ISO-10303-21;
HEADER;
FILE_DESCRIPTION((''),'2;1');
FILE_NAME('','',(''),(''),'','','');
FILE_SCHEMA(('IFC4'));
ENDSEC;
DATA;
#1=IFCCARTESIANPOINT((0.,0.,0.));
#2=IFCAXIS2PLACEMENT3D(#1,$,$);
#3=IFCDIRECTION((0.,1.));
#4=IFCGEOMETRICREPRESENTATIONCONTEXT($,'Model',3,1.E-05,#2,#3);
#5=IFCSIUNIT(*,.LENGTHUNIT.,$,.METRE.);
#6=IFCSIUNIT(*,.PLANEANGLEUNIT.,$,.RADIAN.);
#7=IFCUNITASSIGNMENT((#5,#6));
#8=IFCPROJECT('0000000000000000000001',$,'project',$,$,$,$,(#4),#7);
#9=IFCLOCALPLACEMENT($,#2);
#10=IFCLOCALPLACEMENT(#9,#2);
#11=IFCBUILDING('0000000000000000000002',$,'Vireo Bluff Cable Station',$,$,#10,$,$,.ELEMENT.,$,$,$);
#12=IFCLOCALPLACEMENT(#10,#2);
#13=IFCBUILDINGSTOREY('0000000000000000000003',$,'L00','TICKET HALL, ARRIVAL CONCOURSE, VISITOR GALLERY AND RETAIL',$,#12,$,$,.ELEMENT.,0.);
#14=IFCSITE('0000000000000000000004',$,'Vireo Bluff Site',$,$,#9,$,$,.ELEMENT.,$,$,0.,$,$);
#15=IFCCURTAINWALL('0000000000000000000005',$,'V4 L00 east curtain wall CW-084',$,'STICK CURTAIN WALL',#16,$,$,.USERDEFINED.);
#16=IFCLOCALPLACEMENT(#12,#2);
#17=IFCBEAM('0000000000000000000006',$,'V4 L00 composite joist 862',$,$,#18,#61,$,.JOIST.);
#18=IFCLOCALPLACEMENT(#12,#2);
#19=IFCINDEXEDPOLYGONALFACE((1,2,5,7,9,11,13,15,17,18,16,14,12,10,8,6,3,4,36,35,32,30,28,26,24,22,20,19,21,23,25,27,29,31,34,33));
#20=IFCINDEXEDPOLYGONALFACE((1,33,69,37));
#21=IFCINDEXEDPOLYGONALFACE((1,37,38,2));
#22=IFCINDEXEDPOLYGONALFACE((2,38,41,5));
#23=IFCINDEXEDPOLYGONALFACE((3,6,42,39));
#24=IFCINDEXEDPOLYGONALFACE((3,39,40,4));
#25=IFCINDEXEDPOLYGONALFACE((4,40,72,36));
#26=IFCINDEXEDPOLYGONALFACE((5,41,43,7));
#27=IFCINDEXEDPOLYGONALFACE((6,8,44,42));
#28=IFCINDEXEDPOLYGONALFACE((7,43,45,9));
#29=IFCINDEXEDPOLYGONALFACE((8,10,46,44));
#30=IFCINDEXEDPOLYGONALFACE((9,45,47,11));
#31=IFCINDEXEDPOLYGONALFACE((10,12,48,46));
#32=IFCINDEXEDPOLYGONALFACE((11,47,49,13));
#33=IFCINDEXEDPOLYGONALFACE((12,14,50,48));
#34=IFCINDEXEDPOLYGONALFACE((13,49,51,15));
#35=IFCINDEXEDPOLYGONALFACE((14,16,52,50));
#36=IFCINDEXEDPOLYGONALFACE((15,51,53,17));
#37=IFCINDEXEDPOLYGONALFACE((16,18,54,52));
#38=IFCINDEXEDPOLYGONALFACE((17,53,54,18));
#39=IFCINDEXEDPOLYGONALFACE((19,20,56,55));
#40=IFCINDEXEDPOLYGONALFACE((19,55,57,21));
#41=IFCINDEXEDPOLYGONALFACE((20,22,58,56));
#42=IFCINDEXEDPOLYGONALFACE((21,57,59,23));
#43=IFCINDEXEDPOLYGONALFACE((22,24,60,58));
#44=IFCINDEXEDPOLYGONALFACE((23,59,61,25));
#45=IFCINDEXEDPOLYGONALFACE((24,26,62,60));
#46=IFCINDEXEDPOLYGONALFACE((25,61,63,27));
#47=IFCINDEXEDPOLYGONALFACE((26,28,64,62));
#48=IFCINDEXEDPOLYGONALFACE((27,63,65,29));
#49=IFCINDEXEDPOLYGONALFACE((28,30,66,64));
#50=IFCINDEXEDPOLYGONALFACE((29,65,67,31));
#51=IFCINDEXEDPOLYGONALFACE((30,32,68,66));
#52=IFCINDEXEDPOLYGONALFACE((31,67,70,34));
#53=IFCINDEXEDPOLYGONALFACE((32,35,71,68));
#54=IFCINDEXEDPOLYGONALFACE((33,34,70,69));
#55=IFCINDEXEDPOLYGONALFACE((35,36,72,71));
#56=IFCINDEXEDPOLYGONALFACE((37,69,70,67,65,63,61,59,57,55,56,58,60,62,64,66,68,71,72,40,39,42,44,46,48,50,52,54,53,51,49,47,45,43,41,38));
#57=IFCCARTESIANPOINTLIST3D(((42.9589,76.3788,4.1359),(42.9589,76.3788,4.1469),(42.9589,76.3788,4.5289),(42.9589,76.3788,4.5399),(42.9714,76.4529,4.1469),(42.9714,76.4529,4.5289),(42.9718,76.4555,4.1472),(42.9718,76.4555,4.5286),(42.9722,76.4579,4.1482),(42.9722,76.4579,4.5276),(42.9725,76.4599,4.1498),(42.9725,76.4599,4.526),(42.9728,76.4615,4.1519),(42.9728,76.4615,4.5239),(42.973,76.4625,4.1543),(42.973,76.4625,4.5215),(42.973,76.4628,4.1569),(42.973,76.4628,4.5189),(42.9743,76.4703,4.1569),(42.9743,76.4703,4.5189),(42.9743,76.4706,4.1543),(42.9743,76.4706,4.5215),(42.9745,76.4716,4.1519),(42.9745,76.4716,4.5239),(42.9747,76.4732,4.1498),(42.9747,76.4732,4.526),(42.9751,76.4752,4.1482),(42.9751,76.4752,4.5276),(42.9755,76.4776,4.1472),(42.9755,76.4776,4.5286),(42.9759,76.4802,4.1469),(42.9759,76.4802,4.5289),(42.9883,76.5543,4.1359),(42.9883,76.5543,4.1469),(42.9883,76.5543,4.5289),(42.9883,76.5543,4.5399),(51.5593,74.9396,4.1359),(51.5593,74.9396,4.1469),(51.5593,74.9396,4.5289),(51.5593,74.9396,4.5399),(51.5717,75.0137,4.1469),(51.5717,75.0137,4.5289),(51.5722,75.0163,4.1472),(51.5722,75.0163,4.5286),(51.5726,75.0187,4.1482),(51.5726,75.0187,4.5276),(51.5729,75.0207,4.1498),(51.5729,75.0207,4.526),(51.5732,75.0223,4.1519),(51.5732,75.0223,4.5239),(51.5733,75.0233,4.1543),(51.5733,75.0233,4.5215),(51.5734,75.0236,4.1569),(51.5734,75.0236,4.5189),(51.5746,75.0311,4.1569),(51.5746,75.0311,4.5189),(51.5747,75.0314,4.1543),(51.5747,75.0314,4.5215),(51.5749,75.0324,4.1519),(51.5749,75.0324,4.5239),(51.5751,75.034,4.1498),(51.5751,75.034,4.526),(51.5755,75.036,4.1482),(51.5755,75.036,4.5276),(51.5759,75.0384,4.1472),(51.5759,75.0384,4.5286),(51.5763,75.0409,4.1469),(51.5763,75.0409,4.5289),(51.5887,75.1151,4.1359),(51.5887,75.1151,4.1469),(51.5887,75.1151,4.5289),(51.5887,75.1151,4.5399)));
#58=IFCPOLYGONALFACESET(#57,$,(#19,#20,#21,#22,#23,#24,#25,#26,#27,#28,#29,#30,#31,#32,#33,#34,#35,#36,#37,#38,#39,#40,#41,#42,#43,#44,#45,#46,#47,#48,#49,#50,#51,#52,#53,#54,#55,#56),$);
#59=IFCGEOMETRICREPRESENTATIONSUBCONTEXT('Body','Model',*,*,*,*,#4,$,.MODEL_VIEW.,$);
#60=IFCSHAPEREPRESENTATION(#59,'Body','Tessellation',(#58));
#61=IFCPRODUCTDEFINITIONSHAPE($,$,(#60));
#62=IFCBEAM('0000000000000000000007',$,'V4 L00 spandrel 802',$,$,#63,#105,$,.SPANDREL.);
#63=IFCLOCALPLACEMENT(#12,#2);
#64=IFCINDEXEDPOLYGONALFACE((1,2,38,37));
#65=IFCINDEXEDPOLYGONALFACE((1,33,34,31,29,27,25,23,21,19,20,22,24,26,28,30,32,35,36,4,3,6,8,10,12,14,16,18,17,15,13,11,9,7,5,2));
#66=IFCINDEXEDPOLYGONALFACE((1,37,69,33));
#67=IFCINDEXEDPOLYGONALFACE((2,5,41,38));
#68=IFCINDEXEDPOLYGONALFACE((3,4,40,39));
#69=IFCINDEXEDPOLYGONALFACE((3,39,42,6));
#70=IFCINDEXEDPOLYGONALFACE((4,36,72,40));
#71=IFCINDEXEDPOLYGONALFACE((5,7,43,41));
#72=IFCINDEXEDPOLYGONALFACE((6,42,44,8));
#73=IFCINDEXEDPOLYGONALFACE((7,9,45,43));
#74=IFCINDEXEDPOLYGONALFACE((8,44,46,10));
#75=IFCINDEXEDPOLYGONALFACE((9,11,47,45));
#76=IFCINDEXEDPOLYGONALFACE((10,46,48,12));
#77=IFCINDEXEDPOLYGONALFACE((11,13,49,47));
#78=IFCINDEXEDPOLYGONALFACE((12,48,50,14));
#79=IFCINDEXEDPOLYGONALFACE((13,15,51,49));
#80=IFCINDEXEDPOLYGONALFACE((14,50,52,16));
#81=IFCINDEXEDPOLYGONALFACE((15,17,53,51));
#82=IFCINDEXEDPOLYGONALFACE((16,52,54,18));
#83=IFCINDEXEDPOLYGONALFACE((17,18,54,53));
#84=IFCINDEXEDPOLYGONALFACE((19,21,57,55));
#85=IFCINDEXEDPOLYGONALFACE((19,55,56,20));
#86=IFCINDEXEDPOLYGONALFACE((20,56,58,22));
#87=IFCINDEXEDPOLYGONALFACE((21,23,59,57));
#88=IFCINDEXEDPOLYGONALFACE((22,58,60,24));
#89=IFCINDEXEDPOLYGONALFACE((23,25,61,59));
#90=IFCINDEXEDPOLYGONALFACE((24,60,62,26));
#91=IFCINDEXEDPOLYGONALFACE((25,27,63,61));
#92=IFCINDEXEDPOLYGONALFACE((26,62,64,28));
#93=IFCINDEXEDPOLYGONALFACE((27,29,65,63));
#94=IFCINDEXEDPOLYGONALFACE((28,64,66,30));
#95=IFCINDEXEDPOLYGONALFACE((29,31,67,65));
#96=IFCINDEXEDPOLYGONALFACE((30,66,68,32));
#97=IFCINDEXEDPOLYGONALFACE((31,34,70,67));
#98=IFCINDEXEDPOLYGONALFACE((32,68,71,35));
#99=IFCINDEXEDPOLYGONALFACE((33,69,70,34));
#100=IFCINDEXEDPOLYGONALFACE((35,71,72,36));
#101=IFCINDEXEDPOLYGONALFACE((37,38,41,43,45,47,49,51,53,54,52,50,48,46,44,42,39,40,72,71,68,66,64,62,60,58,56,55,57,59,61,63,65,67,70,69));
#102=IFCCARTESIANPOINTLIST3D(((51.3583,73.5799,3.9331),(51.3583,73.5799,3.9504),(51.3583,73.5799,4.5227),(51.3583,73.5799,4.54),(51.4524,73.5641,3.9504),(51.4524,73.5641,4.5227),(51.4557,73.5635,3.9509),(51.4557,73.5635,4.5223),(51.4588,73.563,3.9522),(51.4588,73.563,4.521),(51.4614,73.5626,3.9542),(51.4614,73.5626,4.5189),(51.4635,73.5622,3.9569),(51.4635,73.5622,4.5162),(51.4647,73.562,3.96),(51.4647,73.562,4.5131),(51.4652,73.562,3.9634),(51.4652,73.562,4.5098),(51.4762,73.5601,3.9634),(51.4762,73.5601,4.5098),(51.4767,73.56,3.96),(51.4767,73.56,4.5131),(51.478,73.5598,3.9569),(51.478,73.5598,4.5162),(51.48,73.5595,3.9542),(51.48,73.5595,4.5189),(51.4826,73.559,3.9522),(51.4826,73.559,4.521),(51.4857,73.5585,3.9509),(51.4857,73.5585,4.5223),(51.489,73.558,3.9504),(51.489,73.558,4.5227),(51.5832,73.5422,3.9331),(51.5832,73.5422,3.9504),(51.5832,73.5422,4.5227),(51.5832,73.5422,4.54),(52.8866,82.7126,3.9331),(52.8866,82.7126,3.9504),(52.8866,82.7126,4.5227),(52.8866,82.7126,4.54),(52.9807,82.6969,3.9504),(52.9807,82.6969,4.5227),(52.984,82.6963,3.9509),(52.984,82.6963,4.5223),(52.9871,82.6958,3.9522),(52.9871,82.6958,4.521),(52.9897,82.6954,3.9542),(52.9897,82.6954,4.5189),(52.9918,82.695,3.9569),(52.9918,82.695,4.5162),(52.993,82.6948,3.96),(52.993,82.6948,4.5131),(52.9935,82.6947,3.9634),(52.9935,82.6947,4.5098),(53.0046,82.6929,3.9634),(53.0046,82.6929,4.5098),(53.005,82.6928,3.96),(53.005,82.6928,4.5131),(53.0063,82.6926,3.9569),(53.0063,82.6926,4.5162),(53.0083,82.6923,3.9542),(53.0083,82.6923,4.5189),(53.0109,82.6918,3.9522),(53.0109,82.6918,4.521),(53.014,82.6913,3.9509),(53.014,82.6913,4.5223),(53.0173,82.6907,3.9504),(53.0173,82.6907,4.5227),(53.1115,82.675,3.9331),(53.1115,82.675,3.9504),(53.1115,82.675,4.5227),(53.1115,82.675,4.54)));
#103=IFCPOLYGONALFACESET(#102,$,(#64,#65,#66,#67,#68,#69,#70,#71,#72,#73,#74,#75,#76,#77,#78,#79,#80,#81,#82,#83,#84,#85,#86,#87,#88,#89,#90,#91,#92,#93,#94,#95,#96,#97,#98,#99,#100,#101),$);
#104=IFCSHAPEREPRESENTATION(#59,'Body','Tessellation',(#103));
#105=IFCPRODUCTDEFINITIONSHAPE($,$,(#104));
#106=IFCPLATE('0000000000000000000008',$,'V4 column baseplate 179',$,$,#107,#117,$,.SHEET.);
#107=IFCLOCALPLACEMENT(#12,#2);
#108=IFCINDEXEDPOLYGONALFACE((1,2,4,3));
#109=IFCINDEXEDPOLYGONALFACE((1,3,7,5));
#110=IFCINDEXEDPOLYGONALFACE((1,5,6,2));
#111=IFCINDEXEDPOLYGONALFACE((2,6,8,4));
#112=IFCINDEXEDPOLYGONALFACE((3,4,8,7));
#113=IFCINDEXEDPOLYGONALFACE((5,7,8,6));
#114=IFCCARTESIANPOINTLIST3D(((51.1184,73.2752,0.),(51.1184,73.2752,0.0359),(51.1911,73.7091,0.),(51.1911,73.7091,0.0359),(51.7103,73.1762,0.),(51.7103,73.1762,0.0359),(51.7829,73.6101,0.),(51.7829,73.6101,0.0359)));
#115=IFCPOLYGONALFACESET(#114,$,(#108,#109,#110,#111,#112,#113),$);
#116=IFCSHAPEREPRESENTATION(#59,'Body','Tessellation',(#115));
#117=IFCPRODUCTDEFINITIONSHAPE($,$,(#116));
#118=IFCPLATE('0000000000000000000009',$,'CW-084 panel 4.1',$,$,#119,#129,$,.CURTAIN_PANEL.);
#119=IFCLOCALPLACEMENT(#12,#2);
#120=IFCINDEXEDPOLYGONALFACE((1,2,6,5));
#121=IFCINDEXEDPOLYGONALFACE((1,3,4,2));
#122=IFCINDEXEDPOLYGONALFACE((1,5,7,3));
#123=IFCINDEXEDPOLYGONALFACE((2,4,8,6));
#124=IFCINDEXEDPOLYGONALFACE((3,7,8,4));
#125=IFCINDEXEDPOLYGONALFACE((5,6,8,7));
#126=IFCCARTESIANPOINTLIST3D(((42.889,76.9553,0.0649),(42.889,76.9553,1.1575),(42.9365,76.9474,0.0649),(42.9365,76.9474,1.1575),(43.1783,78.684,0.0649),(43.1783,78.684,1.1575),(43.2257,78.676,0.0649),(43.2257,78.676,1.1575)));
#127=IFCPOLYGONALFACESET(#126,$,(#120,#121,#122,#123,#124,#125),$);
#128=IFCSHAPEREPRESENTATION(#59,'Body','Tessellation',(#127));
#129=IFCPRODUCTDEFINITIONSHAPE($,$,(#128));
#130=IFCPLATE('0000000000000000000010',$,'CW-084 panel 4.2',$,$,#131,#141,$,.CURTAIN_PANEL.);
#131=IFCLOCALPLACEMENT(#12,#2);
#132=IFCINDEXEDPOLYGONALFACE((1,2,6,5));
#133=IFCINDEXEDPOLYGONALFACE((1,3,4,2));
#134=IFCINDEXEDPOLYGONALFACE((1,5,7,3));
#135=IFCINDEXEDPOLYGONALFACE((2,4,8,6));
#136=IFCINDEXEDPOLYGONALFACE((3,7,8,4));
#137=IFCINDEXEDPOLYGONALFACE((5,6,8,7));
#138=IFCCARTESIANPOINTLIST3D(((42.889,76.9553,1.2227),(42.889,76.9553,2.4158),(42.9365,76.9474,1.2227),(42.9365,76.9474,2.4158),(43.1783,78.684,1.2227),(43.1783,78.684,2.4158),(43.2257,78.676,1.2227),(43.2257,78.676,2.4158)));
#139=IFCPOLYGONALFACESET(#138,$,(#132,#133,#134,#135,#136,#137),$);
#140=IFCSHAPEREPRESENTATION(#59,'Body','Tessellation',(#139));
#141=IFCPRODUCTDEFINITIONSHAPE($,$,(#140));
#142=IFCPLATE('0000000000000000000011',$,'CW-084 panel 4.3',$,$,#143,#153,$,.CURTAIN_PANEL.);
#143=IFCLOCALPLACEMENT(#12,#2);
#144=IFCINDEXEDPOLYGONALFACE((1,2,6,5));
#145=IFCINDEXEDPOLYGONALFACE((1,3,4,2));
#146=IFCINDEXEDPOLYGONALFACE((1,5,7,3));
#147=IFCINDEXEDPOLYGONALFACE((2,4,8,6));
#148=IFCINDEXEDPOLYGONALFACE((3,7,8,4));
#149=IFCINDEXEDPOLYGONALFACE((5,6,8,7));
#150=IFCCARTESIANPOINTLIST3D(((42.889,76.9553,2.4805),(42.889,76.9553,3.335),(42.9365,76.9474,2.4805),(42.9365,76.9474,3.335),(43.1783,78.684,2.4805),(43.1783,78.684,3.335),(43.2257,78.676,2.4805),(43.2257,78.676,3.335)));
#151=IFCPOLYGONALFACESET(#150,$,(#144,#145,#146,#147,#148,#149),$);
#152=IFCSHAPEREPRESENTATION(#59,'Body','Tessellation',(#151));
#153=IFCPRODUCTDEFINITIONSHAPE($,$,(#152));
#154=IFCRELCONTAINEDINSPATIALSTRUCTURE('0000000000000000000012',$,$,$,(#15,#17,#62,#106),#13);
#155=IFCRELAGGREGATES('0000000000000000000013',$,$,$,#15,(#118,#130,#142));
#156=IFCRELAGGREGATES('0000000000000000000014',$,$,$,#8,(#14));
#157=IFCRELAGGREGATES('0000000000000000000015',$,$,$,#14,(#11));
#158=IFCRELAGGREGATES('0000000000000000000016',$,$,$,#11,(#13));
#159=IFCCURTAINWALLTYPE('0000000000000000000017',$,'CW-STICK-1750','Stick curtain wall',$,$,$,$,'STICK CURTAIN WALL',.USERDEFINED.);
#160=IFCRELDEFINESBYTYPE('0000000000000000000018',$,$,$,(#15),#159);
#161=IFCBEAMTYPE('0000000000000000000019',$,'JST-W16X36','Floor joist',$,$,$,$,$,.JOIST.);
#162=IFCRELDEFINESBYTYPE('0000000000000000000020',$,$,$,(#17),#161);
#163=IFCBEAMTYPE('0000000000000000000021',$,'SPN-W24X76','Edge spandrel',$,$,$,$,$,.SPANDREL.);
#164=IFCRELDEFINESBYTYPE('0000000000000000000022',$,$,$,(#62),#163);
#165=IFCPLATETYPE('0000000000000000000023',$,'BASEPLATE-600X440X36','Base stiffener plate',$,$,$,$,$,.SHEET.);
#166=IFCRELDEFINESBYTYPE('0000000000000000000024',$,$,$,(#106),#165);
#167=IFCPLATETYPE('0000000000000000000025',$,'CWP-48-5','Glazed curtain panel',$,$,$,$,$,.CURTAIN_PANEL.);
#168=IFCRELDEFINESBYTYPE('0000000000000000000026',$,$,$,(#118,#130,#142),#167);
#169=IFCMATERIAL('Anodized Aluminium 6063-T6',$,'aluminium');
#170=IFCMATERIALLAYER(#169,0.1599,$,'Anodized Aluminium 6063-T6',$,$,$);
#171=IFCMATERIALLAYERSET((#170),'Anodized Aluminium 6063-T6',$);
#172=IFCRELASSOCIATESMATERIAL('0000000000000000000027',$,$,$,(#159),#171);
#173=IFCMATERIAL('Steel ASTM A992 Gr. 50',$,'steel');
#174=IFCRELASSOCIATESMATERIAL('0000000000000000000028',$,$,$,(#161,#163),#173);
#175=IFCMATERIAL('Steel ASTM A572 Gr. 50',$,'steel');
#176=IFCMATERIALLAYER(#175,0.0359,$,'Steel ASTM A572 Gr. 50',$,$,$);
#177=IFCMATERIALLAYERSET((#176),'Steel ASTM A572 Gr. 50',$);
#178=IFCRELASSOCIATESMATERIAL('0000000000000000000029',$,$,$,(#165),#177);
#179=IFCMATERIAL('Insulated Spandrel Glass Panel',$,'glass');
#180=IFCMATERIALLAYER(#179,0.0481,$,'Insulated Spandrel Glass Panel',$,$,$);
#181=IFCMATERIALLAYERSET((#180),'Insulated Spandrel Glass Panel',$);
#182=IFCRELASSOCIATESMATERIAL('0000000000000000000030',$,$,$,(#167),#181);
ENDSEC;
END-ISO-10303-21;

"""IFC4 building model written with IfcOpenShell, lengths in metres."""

from ifc_helpers import new_model, si_unit, direction, frame, origin, origin_2d, place, context, subcontext, project, spatial, rectangle, i_section, extrude, material, layer, layer_set, material_profile, profile_set, type_object, element, aggregate, save


model = new_model("IFC4")

# Units and contexts
model_context = context("Model", 3, precision=1e-05, world=origin(), true_north=direction((0.0, 1.0)))
body_context = subcontext(model_context, "Body", "Model", "MODEL_VIEW")
ifc_project = project(units=[si_unit("LENGTHUNIT", "METRE"), si_unit("PLANEANGLEUNIT", "RADIAN")], contexts=[model_context])

# Site, building, storey
site_placement = place(None, origin())
site = spatial("IfcSite", under=ifc_project, at=site_placement, Name="Vireo Bluff Site", CompositionType="ELEMENT", RefElevation=0.0)
building_placement = place(site_placement, origin())
building = spatial("IfcBuilding", under=site, at=building_placement, Name="Vireo Bluff Cable Station", CompositionType="ELEMENT")
storey_placement = place(building_placement, origin())
storey = spatial("IfcBuildingStorey", under=building, at=storey_placement, Name="L00", Description="TICKET HALL, ARRIVAL CONCOURSE, VISITOR GALLERY AND RETAIL", CompositionType="ELEMENT", Elevation=0.0)

# Shared definitions
ifc_material_1 = material(Name="Steel ASTM A992 Gr. 50", Category="steel")

# Curtain wall
ifc_material_2 = material(Name="Anodized Aluminium 6063-T6", Category="aluminium")
ifc_layer_1 = layer(ifc_material_2, 0.1599, Name="Anodized Aluminium 6063-T6")
ifc_layer_set_1 = layer_set([ifc_layer_1], Name="Anodized Aluminium 6063-T6")
curtain_wall_type = type_object("IfcCurtainWallType", Name="CW-STICK-1750", Description="Stick curtain wall", ElementType="STICK CURTAIN WALL", PredefinedType="USERDEFINED", material=ifc_layer_set_1)
curtain_wall_placement = place(storey_placement, origin())
curtain_wall = element("IfcCurtainWall", 1, at=curtain_wall_placement, inside=storey, type_object=curtain_wall_type, Name="V4 L00 east curtain wall CW-084", ObjectType="STICK CURTAIN WALL", PredefinedType="USERDEFINED")

# Beams
ifc_material_profile_1 = material_profile(ifc_material_1, i_section(OverallWidth=0.178, OverallDepth=0.4041, WebThickness=0.0076, FlangeThickness=0.011, FilletRadius=0.01, at=origin_2d()), Name="W16X36")
ifc_profile_set_1 = profile_set([ifc_material_profile_1], Name="Steel ASTM A992 Gr. 50")
beam_type_1 = type_object("IfcBeamType", Name="JST-W16X36", Description="Floor joist", PredefinedType="JOIST", material=ifc_profile_set_1)
beam_1_placement = place(storey_placement, frame((42.9736, 76.4666, 4.3379), z_axis=(0.986286, -0.165048, 0.0), x_axis=(0.165048, 0.986286, 0.0)))
element("IfcBeam", 2, at=beam_1_placement, inside=storey, type_object=beam_type_1, Name="V4 L00 composite joist 862", PredefinedType="JOIST", context=body_context, shape_type="SweptSolid", body=[
    extrude(i_section(OverallWidth=0.178, OverallDepth=0.4041, WebThickness=0.0076, FlangeThickness=0.011, FilletRadius=0.01, at=origin_2d()), origin(), (0.0, 0.0, 1.0), 8.72),
])
ifc_material_profile_2 = material_profile(ifc_material_1, i_section(OverallWidth=0.228, OverallDepth=0.6069, WebThickness=0.0112, FlangeThickness=0.0173, FilletRadius=0.0129, at=origin_2d()), Name="W24X76")
ifc_profile_set_2 = profile_set([ifc_material_profile_2], Name="Steel ASTM A992 Gr. 50")
beam_type_2 = type_object("IfcBeamType", Name="SPN-W24X76", Description="Edge spandrel", PredefinedType="SPANDREL", material=ifc_profile_set_2)
beam_2_placement = place(storey_placement, frame((51.4707, 73.561, 4.2366), z_axis=(0.165049, 0.986285, 0.0), x_axis=(-0.986285, 0.165049, 0.0)))
element("IfcBeam", 3, at=beam_2_placement, inside=storey, type_object=beam_type_2, Name="V4 L00 spandrel 802", PredefinedType="SPANDREL", context=body_context, shape_type="SweptSolid", body=[
    extrude(i_section(OverallWidth=0.228, OverallDepth=0.6069, WebThickness=0.0112, FlangeThickness=0.0173, FilletRadius=0.0129, at=origin_2d()), origin(), (0.0, 0.0, 1.0), 9.2598),
])

# Plates
ifc_material_3 = material(Name="Steel ASTM A572 Gr. 50", Category="steel")
ifc_layer_2 = layer(ifc_material_3, 0.0359, Name="Steel ASTM A572 Gr. 50")
ifc_layer_set_2 = layer_set([ifc_layer_2], Name="Steel ASTM A572 Gr. 50")
plate_type_1 = type_object("IfcPlateType", Name="BASEPLATE-600X440X36", Description="Base stiffener plate", PredefinedType="SHEET", material=ifc_layer_set_2)
plate_1_placement = place(storey_placement, frame((51.4507, 73.4426, 0.0), z_axis=(0.0, 0.0, 1.0), x_axis=(0.986286, -0.165048, 0.0)))
element("IfcPlate", 4, at=plate_1_placement, inside=storey, type_object=plate_type_1, Name="V4 column baseplate 179", PredefinedType="SHEET", context=body_context, shape_type="SweptSolid", body=[
    extrude(rectangle(XDim=0.6001, YDim=0.4399, at=origin_2d()), origin(), (0.0, 0.0, 1.0), 0.0359),
])
ifc_material_4 = material(Name="Insulated Spandrel Glass Panel", Category="glass")
ifc_layer_3 = layer(ifc_material_4, 0.0481, Name="Insulated Spandrel Glass Panel")
ifc_layer_set_3 = layer_set([ifc_layer_3], Name="Insulated Spandrel Glass Panel")
plate_type_2 = type_object("IfcPlateType", Name="CWP-48-5", Description="Glazed curtain panel", PredefinedType="CURTAIN_PANEL", material=ifc_layer_set_3)
plate_2_placement = place(storey_placement, frame((43.0574, 77.8157, 0.0649), z_axis=(0.0, 0.0, 1.0), x_axis=(-0.165048, -0.986286, 0.0)))
plate_2 = element("IfcPlate", 5, at=plate_2_placement, type_object=plate_type_2, Name="CW-084 panel 4.1", PredefinedType="CURTAIN_PANEL", context=body_context, shape_type="SweptSolid", body=[
    extrude(rectangle(XDim=1.7527, YDim=0.0481, at=origin_2d()), origin(), (0.0, 0.0, 1.0), 1.0925),
])
plate_3_placement = place(storey_placement, frame((43.0574, 77.8157, 1.2227), z_axis=(0.0, 0.0, 1.0), x_axis=(-0.165048, -0.986286, 0.0)))
plate_3 = element("IfcPlate", 6, at=plate_3_placement, type_object=plate_type_2, Name="CW-084 panel 4.2", PredefinedType="CURTAIN_PANEL", context=body_context, shape_type="SweptSolid", body=[
    extrude(rectangle(XDim=1.7527, YDim=0.0481, at=origin_2d()), origin(), (0.0, 0.0, 1.0), 1.1931),
])
plate_4_placement = place(storey_placement, frame((43.0574, 77.8157, 2.4805), z_axis=(0.0, 0.0, 1.0), x_axis=(-0.165048, -0.986286, 0.0)))
plate_4 = element("IfcPlate", 7, at=plate_4_placement, type_object=plate_type_2, Name="CW-084 panel 4.3", PredefinedType="CURTAIN_PANEL", context=body_context, shape_type="SweptSolid", body=[
    extrude(rectangle(XDim=1.7527, YDim=0.0481, at=origin_2d()), origin(), (0.0, 0.0, 1.0), 0.8545),
])
aggregate(curtain_wall, [plate_2, plate_3, plate_4])

save(model, "model.ifc")
